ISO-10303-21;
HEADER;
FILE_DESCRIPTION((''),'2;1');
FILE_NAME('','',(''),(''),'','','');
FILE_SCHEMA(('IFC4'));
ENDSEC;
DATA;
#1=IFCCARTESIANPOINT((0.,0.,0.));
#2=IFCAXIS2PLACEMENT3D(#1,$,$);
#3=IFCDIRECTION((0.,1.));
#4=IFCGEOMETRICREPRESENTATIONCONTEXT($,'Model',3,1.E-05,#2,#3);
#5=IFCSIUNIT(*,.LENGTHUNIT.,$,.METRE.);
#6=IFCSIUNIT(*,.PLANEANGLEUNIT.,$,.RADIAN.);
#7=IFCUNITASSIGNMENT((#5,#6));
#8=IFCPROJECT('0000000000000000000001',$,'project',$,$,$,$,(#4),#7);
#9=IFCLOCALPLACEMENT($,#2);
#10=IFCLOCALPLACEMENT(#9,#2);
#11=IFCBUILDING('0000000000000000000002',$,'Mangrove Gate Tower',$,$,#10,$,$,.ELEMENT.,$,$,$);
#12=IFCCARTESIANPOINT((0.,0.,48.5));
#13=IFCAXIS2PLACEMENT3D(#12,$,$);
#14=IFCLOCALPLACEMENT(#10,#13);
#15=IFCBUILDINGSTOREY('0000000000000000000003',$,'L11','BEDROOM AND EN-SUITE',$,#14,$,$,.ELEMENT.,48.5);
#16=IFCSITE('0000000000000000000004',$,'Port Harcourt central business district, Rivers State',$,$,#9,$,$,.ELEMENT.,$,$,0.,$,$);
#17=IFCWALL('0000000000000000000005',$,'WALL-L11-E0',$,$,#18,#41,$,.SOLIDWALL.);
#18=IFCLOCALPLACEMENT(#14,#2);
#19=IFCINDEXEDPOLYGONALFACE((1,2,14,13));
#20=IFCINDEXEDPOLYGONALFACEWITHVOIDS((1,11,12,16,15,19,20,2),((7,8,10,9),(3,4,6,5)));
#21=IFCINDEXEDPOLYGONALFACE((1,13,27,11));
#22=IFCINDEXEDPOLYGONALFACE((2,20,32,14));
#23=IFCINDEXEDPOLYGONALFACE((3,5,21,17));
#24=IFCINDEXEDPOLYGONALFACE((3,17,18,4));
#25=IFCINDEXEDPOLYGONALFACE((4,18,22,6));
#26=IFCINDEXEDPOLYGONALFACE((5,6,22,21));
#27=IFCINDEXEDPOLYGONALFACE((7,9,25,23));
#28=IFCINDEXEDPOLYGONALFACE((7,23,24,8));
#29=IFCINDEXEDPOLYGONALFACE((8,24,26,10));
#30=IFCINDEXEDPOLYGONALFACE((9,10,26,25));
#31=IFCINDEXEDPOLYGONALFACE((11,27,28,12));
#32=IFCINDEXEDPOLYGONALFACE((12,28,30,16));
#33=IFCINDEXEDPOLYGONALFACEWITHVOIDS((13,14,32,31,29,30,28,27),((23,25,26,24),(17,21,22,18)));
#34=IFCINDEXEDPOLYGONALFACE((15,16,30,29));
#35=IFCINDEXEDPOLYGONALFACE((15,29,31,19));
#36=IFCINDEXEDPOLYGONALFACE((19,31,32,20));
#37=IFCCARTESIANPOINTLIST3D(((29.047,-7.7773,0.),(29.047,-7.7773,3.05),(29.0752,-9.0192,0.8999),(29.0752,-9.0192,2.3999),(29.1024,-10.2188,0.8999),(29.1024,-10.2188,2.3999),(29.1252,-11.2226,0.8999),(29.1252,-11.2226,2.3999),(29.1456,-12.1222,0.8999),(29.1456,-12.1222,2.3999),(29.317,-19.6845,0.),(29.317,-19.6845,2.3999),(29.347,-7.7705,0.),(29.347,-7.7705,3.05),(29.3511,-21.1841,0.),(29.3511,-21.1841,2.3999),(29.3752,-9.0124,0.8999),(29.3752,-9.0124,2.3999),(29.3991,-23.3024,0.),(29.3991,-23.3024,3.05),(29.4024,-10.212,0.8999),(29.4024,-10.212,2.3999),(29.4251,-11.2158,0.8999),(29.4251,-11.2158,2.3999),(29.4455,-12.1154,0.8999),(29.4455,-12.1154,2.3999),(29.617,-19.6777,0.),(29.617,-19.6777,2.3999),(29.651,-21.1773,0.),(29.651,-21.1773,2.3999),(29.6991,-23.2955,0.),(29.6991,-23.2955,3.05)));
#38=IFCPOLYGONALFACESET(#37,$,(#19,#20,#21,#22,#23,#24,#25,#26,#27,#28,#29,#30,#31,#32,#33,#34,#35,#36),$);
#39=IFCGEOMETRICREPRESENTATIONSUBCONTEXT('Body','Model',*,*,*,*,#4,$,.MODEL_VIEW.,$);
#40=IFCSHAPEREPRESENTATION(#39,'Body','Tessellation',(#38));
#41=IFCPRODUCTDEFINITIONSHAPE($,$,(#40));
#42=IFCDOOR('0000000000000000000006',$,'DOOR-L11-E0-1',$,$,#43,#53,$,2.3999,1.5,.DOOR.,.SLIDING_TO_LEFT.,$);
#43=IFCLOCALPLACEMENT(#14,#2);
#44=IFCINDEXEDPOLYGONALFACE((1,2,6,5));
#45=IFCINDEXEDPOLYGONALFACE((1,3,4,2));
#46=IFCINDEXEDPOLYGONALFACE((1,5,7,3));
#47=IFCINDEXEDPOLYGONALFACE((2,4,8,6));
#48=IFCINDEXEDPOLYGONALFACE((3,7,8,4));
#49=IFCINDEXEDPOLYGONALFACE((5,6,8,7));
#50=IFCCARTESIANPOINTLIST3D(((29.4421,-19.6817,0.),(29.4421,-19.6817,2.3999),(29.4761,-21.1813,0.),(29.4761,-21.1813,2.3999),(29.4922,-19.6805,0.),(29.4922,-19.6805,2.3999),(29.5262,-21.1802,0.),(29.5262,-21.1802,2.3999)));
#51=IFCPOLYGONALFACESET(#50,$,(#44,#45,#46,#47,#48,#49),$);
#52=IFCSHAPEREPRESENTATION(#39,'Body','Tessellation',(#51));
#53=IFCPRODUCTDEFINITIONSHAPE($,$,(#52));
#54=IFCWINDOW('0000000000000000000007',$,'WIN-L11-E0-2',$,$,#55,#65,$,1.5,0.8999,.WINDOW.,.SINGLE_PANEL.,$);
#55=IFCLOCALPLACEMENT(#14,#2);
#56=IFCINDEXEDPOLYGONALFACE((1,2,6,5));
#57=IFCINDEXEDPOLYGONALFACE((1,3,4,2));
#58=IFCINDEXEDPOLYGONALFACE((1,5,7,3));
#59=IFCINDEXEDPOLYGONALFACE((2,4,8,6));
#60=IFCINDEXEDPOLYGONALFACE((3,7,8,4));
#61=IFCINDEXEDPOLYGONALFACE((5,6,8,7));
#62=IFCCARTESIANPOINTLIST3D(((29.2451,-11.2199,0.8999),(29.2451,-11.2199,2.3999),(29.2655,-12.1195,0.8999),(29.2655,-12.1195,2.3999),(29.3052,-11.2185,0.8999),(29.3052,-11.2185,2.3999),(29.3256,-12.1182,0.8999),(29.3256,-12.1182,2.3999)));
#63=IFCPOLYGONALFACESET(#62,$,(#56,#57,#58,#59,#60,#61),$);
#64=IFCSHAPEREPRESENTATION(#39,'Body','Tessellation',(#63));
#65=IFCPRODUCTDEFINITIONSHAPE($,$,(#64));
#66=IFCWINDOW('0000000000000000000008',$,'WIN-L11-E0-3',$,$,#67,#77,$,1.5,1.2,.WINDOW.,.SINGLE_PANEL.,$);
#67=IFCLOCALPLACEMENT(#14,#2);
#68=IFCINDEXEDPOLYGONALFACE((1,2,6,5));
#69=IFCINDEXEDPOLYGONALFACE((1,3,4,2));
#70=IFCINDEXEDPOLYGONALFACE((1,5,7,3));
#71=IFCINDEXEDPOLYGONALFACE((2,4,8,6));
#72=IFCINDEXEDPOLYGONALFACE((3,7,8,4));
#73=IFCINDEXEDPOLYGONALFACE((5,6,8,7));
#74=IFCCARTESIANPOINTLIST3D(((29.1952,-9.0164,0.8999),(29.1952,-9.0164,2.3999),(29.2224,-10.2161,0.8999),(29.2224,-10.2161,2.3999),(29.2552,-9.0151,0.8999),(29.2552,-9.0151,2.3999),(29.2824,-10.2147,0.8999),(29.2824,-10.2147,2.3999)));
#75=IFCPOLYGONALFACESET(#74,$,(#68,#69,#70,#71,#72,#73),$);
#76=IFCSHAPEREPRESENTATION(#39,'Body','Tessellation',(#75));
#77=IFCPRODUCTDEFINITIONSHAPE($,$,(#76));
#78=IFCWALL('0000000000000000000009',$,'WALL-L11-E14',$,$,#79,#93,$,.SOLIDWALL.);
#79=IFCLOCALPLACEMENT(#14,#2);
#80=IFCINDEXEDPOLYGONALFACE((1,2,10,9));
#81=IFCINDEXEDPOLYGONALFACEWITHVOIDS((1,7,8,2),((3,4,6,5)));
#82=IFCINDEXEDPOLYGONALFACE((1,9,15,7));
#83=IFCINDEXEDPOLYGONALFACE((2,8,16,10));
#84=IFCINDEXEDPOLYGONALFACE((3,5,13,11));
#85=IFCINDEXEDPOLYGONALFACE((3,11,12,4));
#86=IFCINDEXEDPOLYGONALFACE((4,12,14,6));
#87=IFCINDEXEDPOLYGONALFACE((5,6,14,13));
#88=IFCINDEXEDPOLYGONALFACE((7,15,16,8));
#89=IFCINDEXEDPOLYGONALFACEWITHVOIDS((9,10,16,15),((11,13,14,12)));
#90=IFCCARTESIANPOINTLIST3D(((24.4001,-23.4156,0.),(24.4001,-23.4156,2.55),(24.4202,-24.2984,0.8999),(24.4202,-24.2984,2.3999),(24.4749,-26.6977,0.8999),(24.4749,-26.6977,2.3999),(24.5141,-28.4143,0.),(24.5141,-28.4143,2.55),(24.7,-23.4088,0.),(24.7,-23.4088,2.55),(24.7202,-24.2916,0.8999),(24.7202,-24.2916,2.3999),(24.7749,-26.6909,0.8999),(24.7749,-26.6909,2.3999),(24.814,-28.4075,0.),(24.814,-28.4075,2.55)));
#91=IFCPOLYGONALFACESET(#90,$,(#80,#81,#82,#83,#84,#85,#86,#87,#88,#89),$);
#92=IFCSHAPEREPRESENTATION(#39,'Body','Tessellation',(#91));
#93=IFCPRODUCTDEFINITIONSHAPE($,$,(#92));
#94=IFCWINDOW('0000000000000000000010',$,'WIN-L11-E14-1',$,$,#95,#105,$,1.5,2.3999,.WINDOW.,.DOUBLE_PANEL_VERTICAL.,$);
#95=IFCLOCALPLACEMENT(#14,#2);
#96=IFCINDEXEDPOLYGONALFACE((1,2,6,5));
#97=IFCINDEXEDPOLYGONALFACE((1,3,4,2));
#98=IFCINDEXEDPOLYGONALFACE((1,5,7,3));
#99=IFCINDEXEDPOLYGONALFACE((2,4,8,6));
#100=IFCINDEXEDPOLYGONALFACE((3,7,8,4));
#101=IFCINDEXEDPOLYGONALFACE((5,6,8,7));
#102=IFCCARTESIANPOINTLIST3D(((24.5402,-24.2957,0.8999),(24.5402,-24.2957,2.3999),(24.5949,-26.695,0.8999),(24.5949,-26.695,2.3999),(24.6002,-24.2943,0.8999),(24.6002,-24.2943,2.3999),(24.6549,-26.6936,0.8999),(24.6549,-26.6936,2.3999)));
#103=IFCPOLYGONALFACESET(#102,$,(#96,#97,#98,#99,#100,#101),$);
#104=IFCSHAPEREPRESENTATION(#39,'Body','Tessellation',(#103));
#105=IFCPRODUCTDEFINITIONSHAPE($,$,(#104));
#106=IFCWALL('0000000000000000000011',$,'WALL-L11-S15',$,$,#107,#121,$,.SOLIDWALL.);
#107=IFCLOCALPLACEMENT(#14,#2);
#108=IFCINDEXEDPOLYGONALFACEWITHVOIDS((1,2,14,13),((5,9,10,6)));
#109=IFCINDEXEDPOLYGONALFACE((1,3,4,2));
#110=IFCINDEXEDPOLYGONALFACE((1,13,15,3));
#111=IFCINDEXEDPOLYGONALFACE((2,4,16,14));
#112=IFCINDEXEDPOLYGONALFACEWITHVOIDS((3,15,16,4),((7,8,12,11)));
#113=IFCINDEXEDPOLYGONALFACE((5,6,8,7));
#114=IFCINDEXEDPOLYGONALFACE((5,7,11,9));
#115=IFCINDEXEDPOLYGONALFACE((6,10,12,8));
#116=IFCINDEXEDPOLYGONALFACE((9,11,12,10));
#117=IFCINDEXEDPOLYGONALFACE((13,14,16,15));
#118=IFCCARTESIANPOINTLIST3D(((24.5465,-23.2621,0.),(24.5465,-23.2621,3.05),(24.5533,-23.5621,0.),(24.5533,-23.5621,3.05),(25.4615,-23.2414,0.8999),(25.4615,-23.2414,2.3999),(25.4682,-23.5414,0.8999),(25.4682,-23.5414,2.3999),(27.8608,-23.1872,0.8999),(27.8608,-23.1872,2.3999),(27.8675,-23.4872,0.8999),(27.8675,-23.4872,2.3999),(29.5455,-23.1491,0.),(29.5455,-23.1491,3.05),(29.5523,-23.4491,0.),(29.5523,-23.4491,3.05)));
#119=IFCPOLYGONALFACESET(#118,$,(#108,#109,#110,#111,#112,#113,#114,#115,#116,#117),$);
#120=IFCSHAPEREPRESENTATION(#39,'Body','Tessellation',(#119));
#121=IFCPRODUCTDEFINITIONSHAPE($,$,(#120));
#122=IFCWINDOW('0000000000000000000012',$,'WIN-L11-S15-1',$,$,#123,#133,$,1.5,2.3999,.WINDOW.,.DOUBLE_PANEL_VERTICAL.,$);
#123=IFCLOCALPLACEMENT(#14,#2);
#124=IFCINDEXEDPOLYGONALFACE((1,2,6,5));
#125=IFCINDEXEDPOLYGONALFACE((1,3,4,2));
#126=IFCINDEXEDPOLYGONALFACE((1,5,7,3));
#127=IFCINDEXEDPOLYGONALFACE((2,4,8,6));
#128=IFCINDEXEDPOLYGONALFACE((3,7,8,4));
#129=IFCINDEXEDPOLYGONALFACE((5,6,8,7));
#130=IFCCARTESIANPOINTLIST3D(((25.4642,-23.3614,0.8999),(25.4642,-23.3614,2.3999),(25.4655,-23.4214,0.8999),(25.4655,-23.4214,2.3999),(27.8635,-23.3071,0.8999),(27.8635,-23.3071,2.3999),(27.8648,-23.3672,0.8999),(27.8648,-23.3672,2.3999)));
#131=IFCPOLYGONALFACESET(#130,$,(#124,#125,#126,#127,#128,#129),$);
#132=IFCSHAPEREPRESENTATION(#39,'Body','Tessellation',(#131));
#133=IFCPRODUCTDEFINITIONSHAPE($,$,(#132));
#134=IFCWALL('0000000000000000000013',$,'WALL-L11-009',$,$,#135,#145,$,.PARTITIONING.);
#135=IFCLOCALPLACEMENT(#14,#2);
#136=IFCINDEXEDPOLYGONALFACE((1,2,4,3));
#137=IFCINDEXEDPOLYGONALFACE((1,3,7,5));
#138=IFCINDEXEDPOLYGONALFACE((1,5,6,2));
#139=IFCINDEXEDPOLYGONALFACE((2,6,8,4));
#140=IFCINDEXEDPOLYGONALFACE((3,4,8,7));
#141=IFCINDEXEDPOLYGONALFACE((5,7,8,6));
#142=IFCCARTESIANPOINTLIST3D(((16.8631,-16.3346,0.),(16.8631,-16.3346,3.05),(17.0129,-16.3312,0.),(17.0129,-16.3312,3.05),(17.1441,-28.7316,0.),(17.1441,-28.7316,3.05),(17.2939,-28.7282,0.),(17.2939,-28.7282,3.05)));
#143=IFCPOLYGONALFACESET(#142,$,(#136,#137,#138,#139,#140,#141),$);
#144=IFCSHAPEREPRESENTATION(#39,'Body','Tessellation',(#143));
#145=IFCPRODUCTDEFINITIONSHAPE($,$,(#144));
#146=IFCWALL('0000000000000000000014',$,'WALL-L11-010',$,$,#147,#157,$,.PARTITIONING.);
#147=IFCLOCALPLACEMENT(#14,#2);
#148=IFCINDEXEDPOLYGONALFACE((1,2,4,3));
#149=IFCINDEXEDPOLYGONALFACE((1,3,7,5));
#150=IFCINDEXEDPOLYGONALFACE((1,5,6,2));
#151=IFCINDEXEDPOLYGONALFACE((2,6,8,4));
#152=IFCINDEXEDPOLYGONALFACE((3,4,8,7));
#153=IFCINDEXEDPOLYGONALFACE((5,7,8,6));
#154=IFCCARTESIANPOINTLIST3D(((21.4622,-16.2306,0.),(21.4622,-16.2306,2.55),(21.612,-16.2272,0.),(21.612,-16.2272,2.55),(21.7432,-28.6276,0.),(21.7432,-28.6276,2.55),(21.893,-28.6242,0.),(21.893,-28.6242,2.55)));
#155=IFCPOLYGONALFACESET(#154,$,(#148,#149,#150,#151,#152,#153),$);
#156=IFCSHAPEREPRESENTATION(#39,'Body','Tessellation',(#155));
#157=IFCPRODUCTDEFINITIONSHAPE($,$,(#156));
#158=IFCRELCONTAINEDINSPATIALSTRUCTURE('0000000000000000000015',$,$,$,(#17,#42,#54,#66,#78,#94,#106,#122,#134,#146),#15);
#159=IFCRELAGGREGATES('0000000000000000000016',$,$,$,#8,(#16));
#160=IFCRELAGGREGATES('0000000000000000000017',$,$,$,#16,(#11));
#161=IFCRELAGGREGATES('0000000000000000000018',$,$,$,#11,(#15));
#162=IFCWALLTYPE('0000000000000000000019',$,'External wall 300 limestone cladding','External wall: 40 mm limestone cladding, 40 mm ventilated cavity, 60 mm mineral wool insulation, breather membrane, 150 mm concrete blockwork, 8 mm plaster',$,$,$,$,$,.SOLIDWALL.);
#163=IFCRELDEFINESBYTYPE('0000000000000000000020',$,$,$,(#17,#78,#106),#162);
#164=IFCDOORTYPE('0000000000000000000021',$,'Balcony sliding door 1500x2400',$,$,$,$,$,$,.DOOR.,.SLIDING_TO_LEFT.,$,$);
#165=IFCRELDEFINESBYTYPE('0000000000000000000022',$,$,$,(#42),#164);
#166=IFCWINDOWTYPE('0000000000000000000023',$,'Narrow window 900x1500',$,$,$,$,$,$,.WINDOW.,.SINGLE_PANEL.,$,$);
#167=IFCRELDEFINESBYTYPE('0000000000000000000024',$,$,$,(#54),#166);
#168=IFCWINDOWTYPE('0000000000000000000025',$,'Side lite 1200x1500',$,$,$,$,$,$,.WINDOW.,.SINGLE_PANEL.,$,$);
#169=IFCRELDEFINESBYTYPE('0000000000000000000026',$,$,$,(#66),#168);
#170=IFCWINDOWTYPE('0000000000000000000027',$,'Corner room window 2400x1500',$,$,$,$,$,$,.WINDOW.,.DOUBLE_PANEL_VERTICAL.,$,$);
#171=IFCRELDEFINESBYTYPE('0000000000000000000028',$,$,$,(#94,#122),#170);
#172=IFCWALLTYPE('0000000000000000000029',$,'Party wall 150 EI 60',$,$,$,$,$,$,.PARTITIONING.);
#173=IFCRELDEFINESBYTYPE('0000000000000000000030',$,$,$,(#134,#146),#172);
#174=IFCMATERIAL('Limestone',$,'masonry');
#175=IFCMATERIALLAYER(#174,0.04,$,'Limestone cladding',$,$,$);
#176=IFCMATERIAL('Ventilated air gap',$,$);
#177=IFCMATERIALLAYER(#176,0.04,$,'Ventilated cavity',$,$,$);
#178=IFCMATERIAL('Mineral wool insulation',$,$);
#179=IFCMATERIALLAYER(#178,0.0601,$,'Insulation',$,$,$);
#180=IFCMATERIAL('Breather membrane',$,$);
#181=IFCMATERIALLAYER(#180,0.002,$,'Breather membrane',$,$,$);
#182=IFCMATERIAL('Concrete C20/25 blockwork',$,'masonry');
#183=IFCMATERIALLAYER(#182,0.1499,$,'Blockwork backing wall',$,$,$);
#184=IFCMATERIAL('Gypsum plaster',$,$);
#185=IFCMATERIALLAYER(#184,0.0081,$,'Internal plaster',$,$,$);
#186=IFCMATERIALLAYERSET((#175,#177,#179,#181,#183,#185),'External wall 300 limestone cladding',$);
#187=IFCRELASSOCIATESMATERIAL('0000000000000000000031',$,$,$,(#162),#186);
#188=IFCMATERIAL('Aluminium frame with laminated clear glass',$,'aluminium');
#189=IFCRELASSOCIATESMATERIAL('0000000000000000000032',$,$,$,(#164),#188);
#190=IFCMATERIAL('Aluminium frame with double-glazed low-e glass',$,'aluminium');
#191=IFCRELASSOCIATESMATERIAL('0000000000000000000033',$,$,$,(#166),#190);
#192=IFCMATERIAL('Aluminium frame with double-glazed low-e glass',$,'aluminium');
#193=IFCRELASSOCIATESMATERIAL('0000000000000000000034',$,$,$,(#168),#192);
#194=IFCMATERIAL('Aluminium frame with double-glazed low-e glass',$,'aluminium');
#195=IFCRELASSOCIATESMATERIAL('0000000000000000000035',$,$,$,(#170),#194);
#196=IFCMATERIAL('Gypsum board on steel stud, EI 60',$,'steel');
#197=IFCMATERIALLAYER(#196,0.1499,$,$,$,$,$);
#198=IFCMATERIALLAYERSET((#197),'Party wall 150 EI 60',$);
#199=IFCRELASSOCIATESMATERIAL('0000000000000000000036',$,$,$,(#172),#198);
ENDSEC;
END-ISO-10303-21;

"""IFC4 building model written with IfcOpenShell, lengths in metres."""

from ifc_helpers import new_model, si_unit, direction, frame, frame_2d, origin, place, context, subcontext, project, spatial, rectangle, extrude, material, layer, layer_set, type_object, element, fill, save


model = new_model("IFC4")

# Units and contexts
model_context = context("Model", 3, precision=1e-05, world=origin(), true_north=direction((0.0, 1.0)))
body_context = subcontext(model_context, "Body", "Model", "MODEL_VIEW")
ifc_project = project(units=[si_unit("LENGTHUNIT", "METRE"), si_unit("PLANEANGLEUNIT", "RADIAN")], contexts=[model_context])

# Site, building, storey
site_placement = place(None, origin())
site = spatial("IfcSite", under=ifc_project, at=site_placement, Name="Port Harcourt central business district, Rivers State", CompositionType="ELEMENT", RefElevation=0.0)
building_placement = place(site_placement, origin())
building = spatial("IfcBuilding", under=site, at=building_placement, Name="Mangrove Gate Tower", CompositionType="ELEMENT")
storey_placement = place(building_placement, frame((0.0, 0.0, 48.5)))
storey = spatial("IfcBuildingStorey", under=building, at=storey_placement, Name="L11", Description="BEDROOM AND EN-SUITE", CompositionType="ELEMENT", Elevation=48.5)

# Wall, openings, door, windows
ifc_material_1 = material(Name="Limestone", Category="masonry")
ifc_layer_1 = layer(ifc_material_1, 0.04, Name="Limestone cladding")
ifc_material_2 = material(Name="Ventilated air gap")
ifc_layer_2 = layer(ifc_material_2, 0.04, Name="Ventilated cavity")
ifc_material_3 = material(Name="Mineral wool insulation")
ifc_layer_3 = layer(ifc_material_3, 0.0601, Name="Insulation")
ifc_material_4 = material(Name="Breather membrane")
ifc_layer_4 = layer(ifc_material_4, 0.002, Name="Breather membrane")
ifc_material_5 = material(Name="Concrete C20/25 blockwork", Category="masonry")
ifc_layer_5 = layer(ifc_material_5, 0.1499, Name="Blockwork backing wall")
ifc_material_6 = material(Name="Gypsum plaster")
ifc_layer_6 = layer(ifc_material_6, 0.0081, Name="Internal plaster")
ifc_layer_set_1 = layer_set([ifc_layer_1, ifc_layer_2, ifc_layer_3, ifc_layer_4, ifc_layer_5, ifc_layer_6], Name="External wall 300 limestone cladding")
wall_type_1 = type_object("IfcWallType", Name="External wall 300 limestone cladding", Description="External wall: 40 mm limestone cladding, 40 mm ventilated cavity, 60 mm mineral wool insulation, breather membrane, 150 mm concrete blockwork, 8 mm plaster", PredefinedType="SOLIDWALL", material=ifc_layer_set_1)
wall_1_placement = place(storey_placement, frame((29.5491, -23.2991, 0.0), z_axis=(0.0, 0.0, 1.0), x_axis=(-0.02267, 0.999743, 0.0)))
wall_1 = element("IfcWall", 1, at=wall_1_placement, inside=storey, type_object=wall_type_1, Name="WALL-L11-E0", PredefinedType="SOLIDWALL", context=body_context, shape_type="SweptSolid", body=[
    extrude(rectangle(XDim=15.5291, YDim=0.3, at=frame_2d((7.7646, 0.0))), origin(), (0.0, 0.0, 1.0), 3.05),
])
opening_1_placement = place(wall_1_placement, frame((2.1189, 0.0, 0.0)))
opening_1 = element("IfcOpeningElement", 2, at=opening_1_placement, cuts=wall_1, PredefinedType="OPENING", context=body_context, shape_type="SweptSolid", body=[
    extrude(rectangle(XDim=1.5, YDim=2.3999, at=frame_2d((0.75, 1.2))), frame((0.0, 0.1599, 0.0), z_axis=(0.0, -1.0, 0.0), x_axis=(1.0, 0.0, 0.0)), (0.0, 0.0, 1.0), 0.3201),
])
opening_2_placement = place(wall_1_placement, frame((11.1831, 0.0, 0.8999)))
opening_2 = element("IfcOpeningElement", 3, at=opening_2_placement, cuts=wall_1, PredefinedType="OPENING", context=body_context, shape_type="SweptSolid", body=[
    extrude(rectangle(XDim=0.8999, YDim=1.5, at=frame_2d((0.45, 0.75))), frame((0.0, 0.1599, 0.0), z_axis=(0.0, -1.0, 0.0), x_axis=(1.0, 0.0, 0.0)), (0.0, 0.0, 1.0), 0.3201),
])
opening_3_placement = place(wall_1_placement, frame((13.0869, 0.0, 0.8999)))
opening_3 = element("IfcOpeningElement", 4, at=opening_3_placement, cuts=wall_1, PredefinedType="OPENING", context=body_context, shape_type="SweptSolid", body=[
    extrude(rectangle(XDim=1.2, YDim=1.5, at=frame_2d((0.6001, 0.75))), frame((0.0, 0.1599, 0.0), z_axis=(0.0, -1.0, 0.0), x_axis=(1.0, 0.0, 0.0)), (0.0, 0.0, 1.0), 0.3201),
])
ifc_material_7 = material(Name="Aluminium frame with laminated clear glass", Category="aluminium")
door_type_1 = type_object("IfcDoorType", Name="Balcony sliding door 1500x2400", OperationType="SLIDING_TO_LEFT", PredefinedType="DOOR", material=ifc_material_7)
door_1_placement = place(opening_1_placement, origin())
door_1 = element("IfcDoor", 5, at=door_1_placement, inside=storey, type_object=door_type_1, Name="DOOR-L11-E0-1", OperationType="SLIDING_TO_LEFT", OverallHeight=2.3999, OverallWidth=1.5, PredefinedType="DOOR", context=body_context, shape_type="SweptSolid", body=[
    extrude(rectangle(XDim=1.5, YDim=2.3999, at=frame_2d((0.75, 1.2))), frame((0.0, 0.0249, 0.0), z_axis=(0.0, -1.0, 0.0), x_axis=(1.0, 0.0, 0.0)), (0.0, 0.0, 1.0), 0.05),
])
fill(opening_1, door_1)
ifc_material_8 = material(Name="Aluminium frame with double-glazed low-e glass", Category="aluminium")
window_type_1 = type_object("IfcWindowType", Name="Narrow window 900x1500", PartitioningType="SINGLE_PANEL", PredefinedType="WINDOW", material=ifc_material_8)
window_1_placement = place(opening_2_placement, origin())
window_1 = element("IfcWindow", 6, at=window_1_placement, inside=storey, type_object=window_type_1, Name="WIN-L11-E0-2", OverallHeight=1.5, OverallWidth=0.8999, PartitioningType="SINGLE_PANEL", PredefinedType="WINDOW", context=body_context, shape_type="SweptSolid", body=[
    extrude(rectangle(XDim=0.8999, YDim=1.5, at=frame_2d((0.45, 0.75))), frame((0.0, 0.03, 0.0), z_axis=(0.0, -1.0, 0.0), x_axis=(1.0, 0.0, 0.0)), (0.0, 0.0, 1.0), 0.0601),
])
fill(opening_2, window_1)
ifc_material_9 = material(Name="Aluminium frame with double-glazed low-e glass", Category="aluminium")
window_type_2 = type_object("IfcWindowType", Name="Side lite 1200x1500", PartitioningType="SINGLE_PANEL", PredefinedType="WINDOW", material=ifc_material_9)
window_2_placement = place(opening_3_placement, origin())
window_2 = element("IfcWindow", 7, at=window_2_placement, inside=storey, type_object=window_type_2, Name="WIN-L11-E0-3", OverallHeight=1.5, OverallWidth=1.2, PartitioningType="SINGLE_PANEL", PredefinedType="WINDOW", context=body_context, shape_type="SweptSolid", body=[
    extrude(rectangle(XDim=1.2, YDim=1.5, at=frame_2d((0.6001, 0.75))), frame((0.0, 0.03, 0.0), z_axis=(0.0, -1.0, 0.0), x_axis=(1.0, 0.0, 0.0)), (0.0, 0.0, 1.0), 0.0601),
])
fill(opening_3, window_2)

# Walls, openings, windows
wall_2_placement = place(storey_placement, frame((24.6641, -28.4109, 0.0), z_axis=(0.0, 0.0, 1.0), x_axis=(-0.022802, 0.99974, 0.0)))
wall_2 = element("IfcWall", 8, at=wall_2_placement, inside=storey, type_object=wall_type_1, Name="WALL-L11-E14", PredefinedType="SOLIDWALL", context=body_context, shape_type="SweptSolid", body=[
    extrude(rectangle(XDim=5.0, YDim=0.3, at=frame_2d((2.5, 0.0))), origin(), (0.0, 0.0, 1.0), 2.55),
])
opening_4_placement = place(wall_2_placement, frame((1.717, 0.0, 0.8999)))
opening_4 = element("IfcOpeningElement", 9, at=opening_4_placement, cuts=wall_2, PredefinedType="OPENING", context=body_context, shape_type="SweptSolid", body=[
    extrude(rectangle(XDim=2.3999, YDim=1.5, at=frame_2d((1.2, 0.75))), frame((0.0, 0.1599, 0.0), z_axis=(0.0, -1.0, 0.0), x_axis=(1.0, 0.0, 0.0)), (0.0, 0.0, 1.0), 0.3201),
])
ifc_material_10 = material(Name="Aluminium frame with double-glazed low-e glass", Category="aluminium")
window_type_3 = type_object("IfcWindowType", Name="Corner room window 2400x1500", PartitioningType="DOUBLE_PANEL_VERTICAL", PredefinedType="WINDOW", material=ifc_material_10)
window_3_placement = place(opening_4_placement, origin())
window_3 = element("IfcWindow", 10, at=window_3_placement, inside=storey, type_object=window_type_3, Name="WIN-L11-E14-1", OverallHeight=1.5, OverallWidth=2.3999, PartitioningType="DOUBLE_PANEL_VERTICAL", PredefinedType="WINDOW", context=body_context, shape_type="SweptSolid", body=[
    extrude(rectangle(XDim=2.3999, YDim=1.5, at=frame_2d((1.2, 0.75))), frame((0.0, 0.03, 0.0), z_axis=(0.0, -1.0, 0.0), x_axis=(1.0, 0.0, 0.0)), (0.0, 0.0, 1.0), 0.0601),
])
fill(opening_4, window_3)
wall_3_placement = place(storey_placement, frame((24.55, -23.4121, 0.0), z_axis=(0.0, 0.0, 1.0), x_axis=(0.999744, 0.022606, 0.0)))
wall_3 = element("IfcWall", 11, at=wall_3_placement, inside=storey, type_object=wall_type_1, Name="WALL-L11-S15", PredefinedType="SOLIDWALL", context=body_context, shape_type="SweptSolid", body=[
    extrude(rectangle(XDim=5.0002, YDim=0.3, at=frame_2d((2.5, 0.0))), origin(), (0.0, 0.0, 1.0), 3.05),
])
opening_5_placement = place(wall_3_placement, frame((0.915, 0.0, 0.8999)))
opening_5 = element("IfcOpeningElement", 12, at=opening_5_placement, cuts=wall_3, PredefinedType="OPENING", context=body_context, shape_type="SweptSolid", body=[
    extrude(rectangle(XDim=2.3999, YDim=1.5, at=frame_2d((1.2, 0.75))), frame((0.0, 0.1599, 0.0), z_axis=(0.0, -1.0, 0.0), x_axis=(1.0, 0.0, 0.0)), (0.0, 0.0, 1.0), 0.3201),
])
window_4_placement = place(opening_5_placement, origin())
window_4 = element("IfcWindow", 13, at=window_4_placement, inside=storey, type_object=window_type_3, Name="WIN-L11-S15-1", OverallHeight=1.5, OverallWidth=2.3999, PartitioningType="DOUBLE_PANEL_VERTICAL", PredefinedType="WINDOW", context=body_context, shape_type="SweptSolid", body=[
    extrude(rectangle(XDim=2.3999, YDim=1.5, at=frame_2d((1.2, 0.75))), frame((0.0, 0.03, 0.0), z_axis=(0.0, -1.0, 0.0), x_axis=(1.0, 0.0, 0.0)), (0.0, 0.0, 1.0), 0.0601),
])
fill(opening_5, window_4)

# Walls
ifc_material_11 = material(Name="Gypsum board on steel stud, EI 60", Category="steel")
ifc_layer_7 = layer(ifc_material_11, 0.1499)
ifc_layer_set_2 = layer_set([ifc_layer_7], Name="Party wall 150 EI 60")
wall_type_2 = type_object("IfcWallType", Name="Party wall 150 EI 60", PredefinedType="PARTITIONING", material=ifc_layer_set_2)
wall_4_placement = place(storey_placement, frame((17.219, -28.73, 0.0), z_axis=(0.0, 0.0, 1.0), x_axis=(-0.022661, 0.999743, 0.0)))
element("IfcWall", 14, at=wall_4_placement, inside=storey, type_object=wall_type_2, Name="WALL-L11-009", PredefinedType="PARTITIONING", context=body_context, shape_type="SweptSolid", body=[
    extrude(rectangle(XDim=12.4001, YDim=0.1499, at=frame_2d((6.2002, 0.0))), origin(), (0.0, 0.0, 1.0), 3.05),
])
wall_5_placement = place(storey_placement, frame((21.8181, -28.626, 0.0), z_axis=(0.0, 0.0, 1.0), x_axis=(-0.022661, 0.999743, 0.0)))
element("IfcWall", 15, at=wall_5_placement, inside=storey, type_object=wall_type_2, Name="WALL-L11-010", PredefinedType="PARTITIONING", context=body_context, shape_type="SweptSolid", body=[
    extrude(rectangle(XDim=12.4001, YDim=0.1499, at=frame_2d((6.2002, 0.0))), origin(), (0.0, 0.0, 1.0), 2.55),
])

save(model, "model.ifc")
